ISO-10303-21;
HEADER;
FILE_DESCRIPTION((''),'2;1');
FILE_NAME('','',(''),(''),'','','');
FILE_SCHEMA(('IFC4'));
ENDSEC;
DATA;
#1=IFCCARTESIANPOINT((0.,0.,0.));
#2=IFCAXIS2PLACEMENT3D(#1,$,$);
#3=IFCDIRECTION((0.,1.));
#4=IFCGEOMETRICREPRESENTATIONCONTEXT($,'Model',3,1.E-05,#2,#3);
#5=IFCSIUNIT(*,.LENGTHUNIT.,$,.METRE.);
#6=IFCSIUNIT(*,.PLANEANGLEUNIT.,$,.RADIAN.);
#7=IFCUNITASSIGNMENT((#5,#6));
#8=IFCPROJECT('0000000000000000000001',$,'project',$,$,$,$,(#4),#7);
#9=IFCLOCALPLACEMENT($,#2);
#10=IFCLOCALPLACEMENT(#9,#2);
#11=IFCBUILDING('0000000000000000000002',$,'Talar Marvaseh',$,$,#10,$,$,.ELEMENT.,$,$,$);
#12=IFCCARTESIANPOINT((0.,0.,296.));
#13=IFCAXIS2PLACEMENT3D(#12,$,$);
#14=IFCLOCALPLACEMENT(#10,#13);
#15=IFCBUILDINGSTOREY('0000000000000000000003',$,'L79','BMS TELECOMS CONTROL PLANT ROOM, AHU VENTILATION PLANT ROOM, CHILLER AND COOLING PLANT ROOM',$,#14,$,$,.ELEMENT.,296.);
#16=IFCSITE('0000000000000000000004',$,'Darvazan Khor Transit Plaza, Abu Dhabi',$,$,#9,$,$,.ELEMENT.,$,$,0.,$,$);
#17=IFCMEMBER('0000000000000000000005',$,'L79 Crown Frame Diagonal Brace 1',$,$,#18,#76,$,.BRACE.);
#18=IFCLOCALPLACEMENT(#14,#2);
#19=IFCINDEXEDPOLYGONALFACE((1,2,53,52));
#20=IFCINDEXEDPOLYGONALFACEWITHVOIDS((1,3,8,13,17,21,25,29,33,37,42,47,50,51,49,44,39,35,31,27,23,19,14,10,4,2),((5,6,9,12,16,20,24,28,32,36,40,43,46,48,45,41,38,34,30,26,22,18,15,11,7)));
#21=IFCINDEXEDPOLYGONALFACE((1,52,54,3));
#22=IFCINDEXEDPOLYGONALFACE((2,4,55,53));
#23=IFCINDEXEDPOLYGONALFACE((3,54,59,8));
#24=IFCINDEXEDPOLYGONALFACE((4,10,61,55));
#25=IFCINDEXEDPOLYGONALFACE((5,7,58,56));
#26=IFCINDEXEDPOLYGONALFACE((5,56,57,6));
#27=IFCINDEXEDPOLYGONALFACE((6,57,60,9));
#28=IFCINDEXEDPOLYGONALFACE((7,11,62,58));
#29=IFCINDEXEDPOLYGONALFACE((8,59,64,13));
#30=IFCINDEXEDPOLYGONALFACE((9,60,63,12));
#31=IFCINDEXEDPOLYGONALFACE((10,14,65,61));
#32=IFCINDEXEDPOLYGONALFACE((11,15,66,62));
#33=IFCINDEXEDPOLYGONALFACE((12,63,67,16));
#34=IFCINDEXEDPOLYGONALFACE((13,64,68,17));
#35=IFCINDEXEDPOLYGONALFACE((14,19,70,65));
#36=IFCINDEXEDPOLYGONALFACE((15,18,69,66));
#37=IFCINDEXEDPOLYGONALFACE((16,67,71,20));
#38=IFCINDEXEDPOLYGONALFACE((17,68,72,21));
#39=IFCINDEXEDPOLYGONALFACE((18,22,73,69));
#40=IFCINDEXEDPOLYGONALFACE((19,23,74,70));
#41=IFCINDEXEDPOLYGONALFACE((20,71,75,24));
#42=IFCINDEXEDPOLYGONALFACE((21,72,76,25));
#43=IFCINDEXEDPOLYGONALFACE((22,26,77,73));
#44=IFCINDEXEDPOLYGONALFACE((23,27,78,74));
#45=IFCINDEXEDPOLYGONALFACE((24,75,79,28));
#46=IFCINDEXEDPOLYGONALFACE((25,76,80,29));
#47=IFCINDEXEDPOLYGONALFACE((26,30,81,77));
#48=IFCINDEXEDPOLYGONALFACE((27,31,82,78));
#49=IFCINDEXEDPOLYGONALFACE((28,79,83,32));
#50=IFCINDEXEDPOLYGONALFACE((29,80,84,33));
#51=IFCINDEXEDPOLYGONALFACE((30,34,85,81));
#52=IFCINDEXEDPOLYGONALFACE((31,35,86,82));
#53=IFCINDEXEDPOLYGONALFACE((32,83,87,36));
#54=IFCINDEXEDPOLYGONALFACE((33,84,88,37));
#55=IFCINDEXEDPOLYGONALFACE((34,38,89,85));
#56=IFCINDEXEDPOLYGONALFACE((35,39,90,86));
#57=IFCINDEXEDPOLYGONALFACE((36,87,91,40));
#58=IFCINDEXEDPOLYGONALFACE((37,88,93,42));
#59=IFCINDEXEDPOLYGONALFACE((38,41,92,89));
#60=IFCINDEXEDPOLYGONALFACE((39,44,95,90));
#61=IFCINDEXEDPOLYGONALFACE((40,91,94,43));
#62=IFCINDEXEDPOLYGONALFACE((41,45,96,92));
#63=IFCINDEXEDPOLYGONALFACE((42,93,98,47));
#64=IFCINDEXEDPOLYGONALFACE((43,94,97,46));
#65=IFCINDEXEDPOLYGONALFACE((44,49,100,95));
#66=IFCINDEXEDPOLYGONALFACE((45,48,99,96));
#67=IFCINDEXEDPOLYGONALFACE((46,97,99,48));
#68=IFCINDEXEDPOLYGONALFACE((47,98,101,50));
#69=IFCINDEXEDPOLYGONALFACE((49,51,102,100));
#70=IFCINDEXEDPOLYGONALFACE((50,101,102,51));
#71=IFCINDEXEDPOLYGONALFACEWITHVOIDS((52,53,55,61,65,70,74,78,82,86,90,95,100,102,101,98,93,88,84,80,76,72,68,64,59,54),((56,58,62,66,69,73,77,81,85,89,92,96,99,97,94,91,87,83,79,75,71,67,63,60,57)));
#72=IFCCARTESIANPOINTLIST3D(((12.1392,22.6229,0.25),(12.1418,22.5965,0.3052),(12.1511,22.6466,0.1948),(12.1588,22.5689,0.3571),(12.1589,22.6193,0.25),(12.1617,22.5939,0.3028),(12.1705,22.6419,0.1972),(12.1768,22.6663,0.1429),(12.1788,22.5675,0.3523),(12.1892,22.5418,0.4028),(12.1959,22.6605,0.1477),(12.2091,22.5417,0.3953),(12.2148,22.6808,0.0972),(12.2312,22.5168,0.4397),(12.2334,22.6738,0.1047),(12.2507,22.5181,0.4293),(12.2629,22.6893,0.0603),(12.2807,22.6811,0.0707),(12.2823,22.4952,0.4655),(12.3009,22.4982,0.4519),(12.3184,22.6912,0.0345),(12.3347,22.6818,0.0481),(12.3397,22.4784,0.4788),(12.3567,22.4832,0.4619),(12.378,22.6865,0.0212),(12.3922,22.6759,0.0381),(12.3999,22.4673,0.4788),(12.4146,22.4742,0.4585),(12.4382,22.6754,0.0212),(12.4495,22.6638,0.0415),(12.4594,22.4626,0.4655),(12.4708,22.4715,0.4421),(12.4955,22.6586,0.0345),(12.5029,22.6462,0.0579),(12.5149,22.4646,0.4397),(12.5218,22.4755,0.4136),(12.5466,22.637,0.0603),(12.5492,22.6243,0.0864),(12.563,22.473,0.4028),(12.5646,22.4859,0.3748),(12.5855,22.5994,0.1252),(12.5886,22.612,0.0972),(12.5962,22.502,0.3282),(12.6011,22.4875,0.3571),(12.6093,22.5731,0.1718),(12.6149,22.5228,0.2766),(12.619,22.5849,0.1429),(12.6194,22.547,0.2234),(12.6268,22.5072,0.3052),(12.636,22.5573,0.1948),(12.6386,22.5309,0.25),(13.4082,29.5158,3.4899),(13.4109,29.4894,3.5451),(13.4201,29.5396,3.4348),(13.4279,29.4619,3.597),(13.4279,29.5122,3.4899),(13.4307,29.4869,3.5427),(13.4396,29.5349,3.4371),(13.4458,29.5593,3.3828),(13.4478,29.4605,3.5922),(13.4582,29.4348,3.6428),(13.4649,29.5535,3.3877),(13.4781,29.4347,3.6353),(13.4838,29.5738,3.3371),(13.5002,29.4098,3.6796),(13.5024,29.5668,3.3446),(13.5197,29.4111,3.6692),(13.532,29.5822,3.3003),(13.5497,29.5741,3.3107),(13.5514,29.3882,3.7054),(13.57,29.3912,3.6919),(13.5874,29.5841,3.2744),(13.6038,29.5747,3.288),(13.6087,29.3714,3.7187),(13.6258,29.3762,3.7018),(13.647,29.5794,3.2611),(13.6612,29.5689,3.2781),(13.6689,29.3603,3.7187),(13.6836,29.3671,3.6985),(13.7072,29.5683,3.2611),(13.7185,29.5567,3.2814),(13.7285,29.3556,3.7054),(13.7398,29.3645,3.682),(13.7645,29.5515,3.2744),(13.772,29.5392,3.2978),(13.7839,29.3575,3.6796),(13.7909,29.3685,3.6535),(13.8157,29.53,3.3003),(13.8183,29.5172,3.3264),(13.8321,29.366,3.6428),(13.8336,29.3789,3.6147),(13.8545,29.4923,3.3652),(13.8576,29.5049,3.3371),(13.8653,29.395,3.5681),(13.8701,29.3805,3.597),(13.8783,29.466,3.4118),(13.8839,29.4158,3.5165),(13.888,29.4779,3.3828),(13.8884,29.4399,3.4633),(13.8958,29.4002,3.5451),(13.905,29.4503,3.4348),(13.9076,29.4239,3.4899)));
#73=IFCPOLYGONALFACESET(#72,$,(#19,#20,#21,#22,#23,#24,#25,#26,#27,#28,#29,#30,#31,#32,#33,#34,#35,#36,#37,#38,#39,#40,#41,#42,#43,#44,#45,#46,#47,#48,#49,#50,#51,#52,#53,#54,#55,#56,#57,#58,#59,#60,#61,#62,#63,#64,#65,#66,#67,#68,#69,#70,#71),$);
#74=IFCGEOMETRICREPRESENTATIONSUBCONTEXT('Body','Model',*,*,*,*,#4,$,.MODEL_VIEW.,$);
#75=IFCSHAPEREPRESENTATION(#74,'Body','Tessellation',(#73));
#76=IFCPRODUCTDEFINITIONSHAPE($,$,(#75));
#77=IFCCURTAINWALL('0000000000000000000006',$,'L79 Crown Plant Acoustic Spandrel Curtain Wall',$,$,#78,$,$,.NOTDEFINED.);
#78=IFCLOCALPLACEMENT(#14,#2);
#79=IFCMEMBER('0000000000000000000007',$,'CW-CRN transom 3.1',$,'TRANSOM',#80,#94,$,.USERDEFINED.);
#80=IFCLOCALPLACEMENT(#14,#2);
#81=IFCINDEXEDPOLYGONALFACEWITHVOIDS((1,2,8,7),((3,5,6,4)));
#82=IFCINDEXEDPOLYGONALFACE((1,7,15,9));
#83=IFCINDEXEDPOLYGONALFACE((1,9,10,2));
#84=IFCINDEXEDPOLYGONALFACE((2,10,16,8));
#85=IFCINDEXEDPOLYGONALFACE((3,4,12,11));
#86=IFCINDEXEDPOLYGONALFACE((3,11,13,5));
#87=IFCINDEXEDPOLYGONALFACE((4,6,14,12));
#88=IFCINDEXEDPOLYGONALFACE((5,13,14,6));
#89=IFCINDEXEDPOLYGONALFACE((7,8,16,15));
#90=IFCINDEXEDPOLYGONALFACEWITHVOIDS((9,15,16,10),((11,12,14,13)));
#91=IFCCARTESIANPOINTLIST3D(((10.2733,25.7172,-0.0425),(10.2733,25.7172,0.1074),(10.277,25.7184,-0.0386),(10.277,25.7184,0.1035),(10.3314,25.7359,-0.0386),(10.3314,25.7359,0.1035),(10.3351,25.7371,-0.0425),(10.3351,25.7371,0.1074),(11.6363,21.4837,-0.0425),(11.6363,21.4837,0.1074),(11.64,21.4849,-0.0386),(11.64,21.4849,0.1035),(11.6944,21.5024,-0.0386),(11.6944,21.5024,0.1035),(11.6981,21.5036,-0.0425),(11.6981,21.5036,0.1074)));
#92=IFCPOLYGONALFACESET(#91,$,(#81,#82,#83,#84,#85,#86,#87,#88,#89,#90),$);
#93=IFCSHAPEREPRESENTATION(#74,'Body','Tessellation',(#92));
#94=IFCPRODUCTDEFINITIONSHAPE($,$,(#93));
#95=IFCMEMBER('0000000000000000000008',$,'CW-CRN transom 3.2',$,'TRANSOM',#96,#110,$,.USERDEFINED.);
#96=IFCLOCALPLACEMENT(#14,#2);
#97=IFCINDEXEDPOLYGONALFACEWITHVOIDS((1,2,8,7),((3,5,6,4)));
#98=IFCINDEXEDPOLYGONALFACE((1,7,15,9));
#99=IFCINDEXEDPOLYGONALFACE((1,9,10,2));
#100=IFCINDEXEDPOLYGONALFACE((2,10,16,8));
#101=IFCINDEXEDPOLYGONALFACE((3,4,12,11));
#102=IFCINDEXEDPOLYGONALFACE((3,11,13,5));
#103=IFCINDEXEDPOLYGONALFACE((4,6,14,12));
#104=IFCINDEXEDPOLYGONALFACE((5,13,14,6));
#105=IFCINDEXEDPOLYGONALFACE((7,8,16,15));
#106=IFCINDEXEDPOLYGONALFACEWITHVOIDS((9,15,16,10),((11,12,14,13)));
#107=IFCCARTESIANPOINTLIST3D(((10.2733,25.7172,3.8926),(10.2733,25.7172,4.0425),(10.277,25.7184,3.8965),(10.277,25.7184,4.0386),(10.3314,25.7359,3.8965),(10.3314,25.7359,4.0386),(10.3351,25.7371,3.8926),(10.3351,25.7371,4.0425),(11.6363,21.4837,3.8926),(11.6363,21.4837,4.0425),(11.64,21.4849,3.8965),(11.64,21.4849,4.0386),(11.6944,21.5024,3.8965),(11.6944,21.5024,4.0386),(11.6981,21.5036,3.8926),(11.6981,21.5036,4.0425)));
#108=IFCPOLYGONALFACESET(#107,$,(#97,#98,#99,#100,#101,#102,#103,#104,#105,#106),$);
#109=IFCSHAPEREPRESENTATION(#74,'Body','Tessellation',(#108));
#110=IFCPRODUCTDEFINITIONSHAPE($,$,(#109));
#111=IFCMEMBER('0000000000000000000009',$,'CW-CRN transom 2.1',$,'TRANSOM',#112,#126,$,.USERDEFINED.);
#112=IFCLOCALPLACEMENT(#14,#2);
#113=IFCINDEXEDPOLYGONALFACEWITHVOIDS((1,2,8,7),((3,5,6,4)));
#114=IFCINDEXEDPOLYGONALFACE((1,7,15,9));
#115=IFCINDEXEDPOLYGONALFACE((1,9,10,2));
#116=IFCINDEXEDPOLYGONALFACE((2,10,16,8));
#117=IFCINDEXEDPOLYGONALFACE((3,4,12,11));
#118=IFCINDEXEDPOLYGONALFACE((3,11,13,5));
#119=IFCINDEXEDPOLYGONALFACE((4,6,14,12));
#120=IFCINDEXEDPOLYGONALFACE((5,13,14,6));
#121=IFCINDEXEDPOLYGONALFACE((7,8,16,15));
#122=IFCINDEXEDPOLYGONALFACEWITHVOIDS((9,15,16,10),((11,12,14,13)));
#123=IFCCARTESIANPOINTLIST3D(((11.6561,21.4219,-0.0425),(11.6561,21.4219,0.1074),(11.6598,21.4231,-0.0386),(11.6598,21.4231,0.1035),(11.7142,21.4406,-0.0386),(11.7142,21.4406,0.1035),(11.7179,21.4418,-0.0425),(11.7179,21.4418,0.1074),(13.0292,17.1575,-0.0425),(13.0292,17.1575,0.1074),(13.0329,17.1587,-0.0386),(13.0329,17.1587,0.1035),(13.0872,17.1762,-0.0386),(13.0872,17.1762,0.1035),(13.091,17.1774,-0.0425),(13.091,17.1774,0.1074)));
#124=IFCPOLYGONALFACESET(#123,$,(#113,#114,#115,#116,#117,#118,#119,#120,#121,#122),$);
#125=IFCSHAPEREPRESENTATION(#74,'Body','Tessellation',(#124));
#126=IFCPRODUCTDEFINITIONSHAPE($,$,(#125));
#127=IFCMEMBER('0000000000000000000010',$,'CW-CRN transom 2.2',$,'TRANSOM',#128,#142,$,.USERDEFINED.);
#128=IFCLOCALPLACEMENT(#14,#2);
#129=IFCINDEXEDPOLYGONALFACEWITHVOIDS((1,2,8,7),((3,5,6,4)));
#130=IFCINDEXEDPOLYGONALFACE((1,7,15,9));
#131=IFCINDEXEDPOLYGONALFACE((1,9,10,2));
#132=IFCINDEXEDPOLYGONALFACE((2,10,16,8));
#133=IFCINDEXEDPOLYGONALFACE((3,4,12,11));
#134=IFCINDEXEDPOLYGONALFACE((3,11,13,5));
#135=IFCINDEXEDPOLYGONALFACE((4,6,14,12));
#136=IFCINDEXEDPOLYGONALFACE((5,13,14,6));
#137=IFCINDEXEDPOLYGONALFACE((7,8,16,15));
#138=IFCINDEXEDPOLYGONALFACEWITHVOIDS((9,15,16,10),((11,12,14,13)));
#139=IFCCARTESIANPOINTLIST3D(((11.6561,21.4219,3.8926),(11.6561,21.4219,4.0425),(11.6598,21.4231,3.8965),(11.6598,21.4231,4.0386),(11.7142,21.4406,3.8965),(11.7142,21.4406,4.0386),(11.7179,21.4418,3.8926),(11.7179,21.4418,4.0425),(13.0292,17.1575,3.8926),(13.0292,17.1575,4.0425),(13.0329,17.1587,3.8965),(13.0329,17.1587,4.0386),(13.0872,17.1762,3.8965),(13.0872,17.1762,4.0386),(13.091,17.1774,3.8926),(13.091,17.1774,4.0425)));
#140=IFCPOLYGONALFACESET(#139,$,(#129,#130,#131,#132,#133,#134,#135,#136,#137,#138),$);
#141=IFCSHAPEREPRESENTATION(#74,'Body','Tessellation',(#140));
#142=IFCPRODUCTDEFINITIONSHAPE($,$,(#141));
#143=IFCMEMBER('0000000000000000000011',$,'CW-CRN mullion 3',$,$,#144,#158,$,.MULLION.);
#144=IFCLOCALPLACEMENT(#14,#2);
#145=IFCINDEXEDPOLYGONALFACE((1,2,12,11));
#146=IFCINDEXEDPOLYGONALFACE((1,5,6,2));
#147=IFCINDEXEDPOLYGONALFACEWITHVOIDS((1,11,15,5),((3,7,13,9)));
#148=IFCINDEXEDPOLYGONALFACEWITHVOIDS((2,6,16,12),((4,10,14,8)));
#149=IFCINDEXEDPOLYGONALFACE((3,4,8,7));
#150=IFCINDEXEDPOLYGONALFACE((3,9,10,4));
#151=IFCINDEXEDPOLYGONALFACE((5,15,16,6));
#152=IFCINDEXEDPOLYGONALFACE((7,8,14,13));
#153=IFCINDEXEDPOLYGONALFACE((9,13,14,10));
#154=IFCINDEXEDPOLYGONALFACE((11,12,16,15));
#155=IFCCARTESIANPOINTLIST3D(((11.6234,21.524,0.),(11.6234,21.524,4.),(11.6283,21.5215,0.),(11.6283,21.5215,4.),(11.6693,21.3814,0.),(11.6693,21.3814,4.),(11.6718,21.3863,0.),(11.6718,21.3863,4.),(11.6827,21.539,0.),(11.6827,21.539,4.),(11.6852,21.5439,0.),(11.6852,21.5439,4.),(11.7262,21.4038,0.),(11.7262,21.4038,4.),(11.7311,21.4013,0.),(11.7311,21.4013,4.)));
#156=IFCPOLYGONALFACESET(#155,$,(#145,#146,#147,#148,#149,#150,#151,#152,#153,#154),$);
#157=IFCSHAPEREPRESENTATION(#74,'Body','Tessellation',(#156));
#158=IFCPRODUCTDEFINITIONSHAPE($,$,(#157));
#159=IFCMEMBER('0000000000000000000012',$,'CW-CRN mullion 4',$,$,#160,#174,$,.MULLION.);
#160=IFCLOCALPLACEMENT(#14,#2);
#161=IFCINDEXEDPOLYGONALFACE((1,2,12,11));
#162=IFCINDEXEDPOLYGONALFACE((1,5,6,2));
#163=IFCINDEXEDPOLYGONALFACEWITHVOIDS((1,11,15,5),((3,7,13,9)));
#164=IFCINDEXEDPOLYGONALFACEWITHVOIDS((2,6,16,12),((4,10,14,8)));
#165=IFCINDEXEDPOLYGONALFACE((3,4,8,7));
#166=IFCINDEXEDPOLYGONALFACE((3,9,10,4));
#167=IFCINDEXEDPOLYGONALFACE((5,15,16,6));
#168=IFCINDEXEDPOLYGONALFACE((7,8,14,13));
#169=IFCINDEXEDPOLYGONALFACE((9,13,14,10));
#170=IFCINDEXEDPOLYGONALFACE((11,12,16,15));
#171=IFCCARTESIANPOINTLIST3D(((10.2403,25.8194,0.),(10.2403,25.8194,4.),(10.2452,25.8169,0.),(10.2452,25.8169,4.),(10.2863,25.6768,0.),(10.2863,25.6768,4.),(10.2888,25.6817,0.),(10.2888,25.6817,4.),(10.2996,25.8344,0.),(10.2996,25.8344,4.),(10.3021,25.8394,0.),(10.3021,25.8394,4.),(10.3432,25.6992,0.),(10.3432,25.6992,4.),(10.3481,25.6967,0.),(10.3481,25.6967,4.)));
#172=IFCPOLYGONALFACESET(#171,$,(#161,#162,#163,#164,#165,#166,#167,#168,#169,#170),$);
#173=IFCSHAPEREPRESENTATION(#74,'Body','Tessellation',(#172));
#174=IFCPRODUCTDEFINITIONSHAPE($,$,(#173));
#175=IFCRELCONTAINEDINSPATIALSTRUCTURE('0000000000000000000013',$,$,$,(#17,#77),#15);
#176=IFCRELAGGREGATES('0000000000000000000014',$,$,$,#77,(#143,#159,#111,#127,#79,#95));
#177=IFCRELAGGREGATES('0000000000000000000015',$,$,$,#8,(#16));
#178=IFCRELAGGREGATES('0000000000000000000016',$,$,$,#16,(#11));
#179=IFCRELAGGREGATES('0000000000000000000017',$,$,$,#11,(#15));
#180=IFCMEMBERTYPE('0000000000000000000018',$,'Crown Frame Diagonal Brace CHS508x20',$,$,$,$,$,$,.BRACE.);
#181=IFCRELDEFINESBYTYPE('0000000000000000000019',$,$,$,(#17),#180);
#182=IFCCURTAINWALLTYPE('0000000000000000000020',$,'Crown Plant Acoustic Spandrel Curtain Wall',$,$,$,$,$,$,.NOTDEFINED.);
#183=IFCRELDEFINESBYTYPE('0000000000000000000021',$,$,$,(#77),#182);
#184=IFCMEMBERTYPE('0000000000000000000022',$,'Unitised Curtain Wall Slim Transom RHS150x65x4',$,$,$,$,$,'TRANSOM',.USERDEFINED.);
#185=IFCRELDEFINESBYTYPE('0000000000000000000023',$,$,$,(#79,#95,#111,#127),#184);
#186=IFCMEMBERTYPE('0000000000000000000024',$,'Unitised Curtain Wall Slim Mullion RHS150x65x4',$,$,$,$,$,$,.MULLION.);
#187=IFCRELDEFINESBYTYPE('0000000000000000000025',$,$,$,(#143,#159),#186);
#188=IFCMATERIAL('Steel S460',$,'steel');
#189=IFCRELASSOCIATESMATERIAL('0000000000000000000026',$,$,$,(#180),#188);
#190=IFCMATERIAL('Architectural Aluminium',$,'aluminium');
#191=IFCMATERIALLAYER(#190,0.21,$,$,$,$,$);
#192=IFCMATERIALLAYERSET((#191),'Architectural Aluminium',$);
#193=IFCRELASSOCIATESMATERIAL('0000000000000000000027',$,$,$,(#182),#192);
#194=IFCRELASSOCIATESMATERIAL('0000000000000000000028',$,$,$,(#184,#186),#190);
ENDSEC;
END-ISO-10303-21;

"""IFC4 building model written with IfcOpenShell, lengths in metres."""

from ifc_helpers import new_model, si_unit, direction, frame, origin, origin_2d, place, context, subcontext, project, spatial, hollow_rectangle, hollow_circle, extrude, source, transform, mapped, material, layer, layer_set, material_profile, profile_set, type_object, type_shapes, element, aggregate, save


model = new_model("IFC4")

# Units and contexts
model_context = context("Model", 3, precision=1e-05, world=origin(), true_north=direction((0.0, 1.0)))
body_context = subcontext(model_context, "Body", "Model", "MODEL_VIEW")
ifc_project = project(units=[si_unit("LENGTHUNIT", "METRE"), si_unit("PLANEANGLEUNIT", "RADIAN")], contexts=[model_context])

# Site, building, storey
site_placement = place(None, origin())
site = spatial("IfcSite", under=ifc_project, at=site_placement, Name="Darvazan Khor Transit Plaza, Abu Dhabi", CompositionType="ELEMENT", RefElevation=0.0)
building_placement = place(site_placement, origin())
building = spatial("IfcBuilding", under=site, at=building_placement, Name="Talar Marvaseh", CompositionType="ELEMENT")
storey_placement = place(building_placement, frame((0.0, 0.0, 296.0)))
storey = spatial("IfcBuildingStorey", under=building, at=storey_placement, Name="L79", Description="BMS TELECOMS CONTROL PLANT ROOM, AHU VENTILATION PLANT ROOM, CHILLER AND COOLING PLANT ROOM", CompositionType="ELEMENT", Elevation=296.0)

# Shared definitions
ifc_material_1 = material(Name="Steel S460", Category="steel")

# Member
ifc_material_profile_1 = material_profile(ifc_material_1, hollow_circle(Radius=0.2539, WallThickness=0.02, at=origin_2d()), Name="CHS508x20")
ifc_profile_set_1 = profile_set([ifc_material_profile_1], Name="Steel S460")
member_type_1 = type_object("IfcMemberType", Name="Crown Frame Diagonal Brace CHS508x20", PredefinedType="BRACE", material=ifc_profile_set_1)
shared_shape_1 = source(origin(), body_context, "Body", "SweptSolid", [
    extrude(hollow_circle(Radius=0.2539, WallThickness=0.02, at=origin_2d()), origin(), (0.0, 0.0, 1.0), 7.7214),
])
type_shapes(member_type_1, [shared_shape_1])
member_1_placement = place(storey_placement, frame((12.3889, 22.5769, 0.25), z_axis=(0.164351, 0.892705, 0.419603), x_axis=(-0.983472, 0.181061, 0.0)))
element("IfcMember", 1, at=member_1_placement, inside=storey, type_object=member_type_1, Name="L79 Crown Frame Diagonal Brace 1", PredefinedType="BRACE", context=body_context, shape_type="MappedRepresentation", body=[
    mapped(shared_shape_1, transform((0.0, 0.0, 0.0), x_axis=(1.0, 0.0, 0.0), y_axis=(0.0, 1.0, 0.0), z_axis=(0.0, 0.0, 1.0), scale=1.0)),
])

# Curtain wall, members
ifc_material_2 = material(Name="Architectural Aluminium", Category="aluminium")
ifc_layer_1 = layer(ifc_material_2, 0.21)
ifc_layer_set_1 = layer_set([ifc_layer_1], Name="Architectural Aluminium")
curtain_wall_type = type_object("IfcCurtainWallType", Name="Crown Plant Acoustic Spandrel Curtain Wall", PredefinedType="NOTDEFINED", material=ifc_layer_set_1)
curtain_wall_placement = place(storey_placement, origin())
curtain_wall = element("IfcCurtainWall", 2, at=curtain_wall_placement, inside=storey, type_object=curtain_wall_type, Name="L79 Crown Plant Acoustic Spandrel Curtain Wall", PredefinedType="NOTDEFINED")
ifc_material_profile_2 = material_profile(ifc_material_2, hollow_rectangle(XDim=0.0649, YDim=0.1499, WallThickness=0.0039, at=origin_2d()), Name="RHS150x65x4")
ifc_profile_set_2 = profile_set([ifc_material_profile_2], Name="Architectural Aluminium")
member_type_2 = type_object("IfcMemberType", Name="Unitised Curtain Wall Slim Transom RHS150x65x4", ElementType="TRANSOM", PredefinedType="USERDEFINED", material=ifc_profile_set_2)
shared_shape_2 = source(origin(), body_context, "Body", "SweptSolid", [
    extrude(hollow_rectangle(XDim=0.0649, YDim=0.1499, WallThickness=0.0039, at=origin_2d()), origin(), (0.0, 0.0, 1.0), 4.4475),
])
member_2_placement = place(storey_placement, frame((11.6672, 21.4937, 0.0325), z_axis=(-0.306478, 0.951878, 0.0), x_axis=(-0.951878, -0.306478, 0.0)))
member_2 = element("IfcMember", 3, at=member_2_placement, type_object=member_type_2, Name="CW-CRN transom 3.1", ObjectType="TRANSOM", PredefinedType="USERDEFINED", context=body_context, shape_type="MappedRepresentation", body=[
    mapped(shared_shape_2, transform((0.0, 0.0, 0.0), x_axis=(1.0, 0.0, 0.0), y_axis=(0.0, 1.0, 0.0), z_axis=(0.0, 0.0, 1.0), scale=1.0)),
])
member_3_placement = place(storey_placement, frame((11.6672, 21.4937, 3.9675), z_axis=(-0.306478, 0.951878, 0.0), x_axis=(-0.951878, -0.306478, 0.0)))
member_3 = element("IfcMember", 4, at=member_3_placement, type_object=member_type_2, Name="CW-CRN transom 3.2", ObjectType="TRANSOM", PredefinedType="USERDEFINED", context=body_context, shape_type="MappedRepresentation", body=[
    mapped(shared_shape_2, transform((0.0, 0.0, 0.0), x_axis=(1.0, 0.0, 0.0), y_axis=(0.0, 1.0, 0.0), z_axis=(0.0, 0.0, 1.0), scale=1.0)),
])
shared_shape_3 = source(origin(), body_context, "Body", "SweptSolid", [
    extrude(hollow_rectangle(XDim=0.0649, YDim=0.1499, WallThickness=0.0039, at=origin_2d()), origin(), (0.0, 0.0, 1.0), 4.48),
])
type_shapes(member_type_2, [shared_shape_2, shared_shape_3])
member_4_placement = place(storey_placement, frame((13.0601, 17.1675, 0.0325), z_axis=(-0.306484, 0.951876, 0.0), x_axis=(-0.951876, -0.306484, 0.0)))
member_4 = element("IfcMember", 5, at=member_4_placement, type_object=member_type_2, Name="CW-CRN transom 2.1", ObjectType="TRANSOM", PredefinedType="USERDEFINED", context=body_context, shape_type="MappedRepresentation", body=[
    mapped(shared_shape_3, transform((0.0, 0.0, 0.0), x_axis=(1.0, 0.0, 0.0), y_axis=(0.0, 1.0, 0.0), z_axis=(0.0, 0.0, 1.0), scale=1.0)),
])
member_5_placement = place(storey_placement, frame((13.0601, 17.1675, 3.9675), z_axis=(-0.306484, 0.951876, 0.0), x_axis=(-0.951876, -0.306484, 0.0)))
member_5 = element("IfcMember", 6, at=member_5_placement, type_object=member_type_2, Name="CW-CRN transom 2.2", ObjectType="TRANSOM", PredefinedType="USERDEFINED", context=body_context, shape_type="MappedRepresentation", body=[
    mapped(shared_shape_3, transform((0.0, 0.0, 0.0), x_axis=(1.0, 0.0, 0.0), y_axis=(0.0, 1.0, 0.0), z_axis=(0.0, 0.0, 1.0), scale=1.0)),
])
ifc_material_profile_3 = material_profile(ifc_material_2, hollow_rectangle(XDim=0.0649, YDim=0.1499, WallThickness=0.0039, at=origin_2d()), Name="RHS150x65x4")
ifc_profile_set_3 = profile_set([ifc_material_profile_3], Name="Architectural Aluminium")
member_type_3 = type_object("IfcMemberType", Name="Unitised Curtain Wall Slim Mullion RHS150x65x4", PredefinedType="MULLION", material=ifc_profile_set_3)
shared_shape_4 = source(origin(), body_context, "Body", "SweptSolid", [
    extrude(hollow_rectangle(XDim=0.0649, YDim=0.1499, WallThickness=0.0039, at=origin_2d()), origin(), (0.0, 0.0, 1.0), 4.0),
])
type_shapes(member_type_3, [shared_shape_4])
member_6_placement = place(storey_placement, frame((11.6772, 21.4626, 0.0), z_axis=(0.0, 0.0, 1.0), x_axis=(-0.951881, -0.306468, 0.0)))
member_6 = element("IfcMember", 7, at=member_6_placement, type_object=member_type_3, Name="CW-CRN mullion 3", PredefinedType="MULLION", context=body_context, shape_type="MappedRepresentation", body=[
    mapped(shared_shape_4, transform((0.0, 0.0, 0.0), x_axis=(1.0, 0.0, 0.0), y_axis=(0.0, 1.0, 0.0), z_axis=(0.0, 0.0, 1.0), scale=1.0)),
])
member_7_placement = place(storey_placement, frame((10.2942, 25.7581, 0.0), z_axis=(0.0, 0.0, 1.0), x_axis=(-0.951881, -0.306468, 0.0)))
member_7 = element("IfcMember", 8, at=member_7_placement, type_object=member_type_3, Name="CW-CRN mullion 4", PredefinedType="MULLION", context=body_context, shape_type="MappedRepresentation", body=[
    mapped(shared_shape_4, transform((0.0, 0.0, 0.0), x_axis=(1.0, 0.0, 0.0), y_axis=(0.0, 1.0, 0.0), z_axis=(0.0, 0.0, 1.0), scale=1.0)),
])

aggregate(curtain_wall, [member_6, member_7, member_4, member_5, member_2, member_3])

save(model, "model.ifc")
